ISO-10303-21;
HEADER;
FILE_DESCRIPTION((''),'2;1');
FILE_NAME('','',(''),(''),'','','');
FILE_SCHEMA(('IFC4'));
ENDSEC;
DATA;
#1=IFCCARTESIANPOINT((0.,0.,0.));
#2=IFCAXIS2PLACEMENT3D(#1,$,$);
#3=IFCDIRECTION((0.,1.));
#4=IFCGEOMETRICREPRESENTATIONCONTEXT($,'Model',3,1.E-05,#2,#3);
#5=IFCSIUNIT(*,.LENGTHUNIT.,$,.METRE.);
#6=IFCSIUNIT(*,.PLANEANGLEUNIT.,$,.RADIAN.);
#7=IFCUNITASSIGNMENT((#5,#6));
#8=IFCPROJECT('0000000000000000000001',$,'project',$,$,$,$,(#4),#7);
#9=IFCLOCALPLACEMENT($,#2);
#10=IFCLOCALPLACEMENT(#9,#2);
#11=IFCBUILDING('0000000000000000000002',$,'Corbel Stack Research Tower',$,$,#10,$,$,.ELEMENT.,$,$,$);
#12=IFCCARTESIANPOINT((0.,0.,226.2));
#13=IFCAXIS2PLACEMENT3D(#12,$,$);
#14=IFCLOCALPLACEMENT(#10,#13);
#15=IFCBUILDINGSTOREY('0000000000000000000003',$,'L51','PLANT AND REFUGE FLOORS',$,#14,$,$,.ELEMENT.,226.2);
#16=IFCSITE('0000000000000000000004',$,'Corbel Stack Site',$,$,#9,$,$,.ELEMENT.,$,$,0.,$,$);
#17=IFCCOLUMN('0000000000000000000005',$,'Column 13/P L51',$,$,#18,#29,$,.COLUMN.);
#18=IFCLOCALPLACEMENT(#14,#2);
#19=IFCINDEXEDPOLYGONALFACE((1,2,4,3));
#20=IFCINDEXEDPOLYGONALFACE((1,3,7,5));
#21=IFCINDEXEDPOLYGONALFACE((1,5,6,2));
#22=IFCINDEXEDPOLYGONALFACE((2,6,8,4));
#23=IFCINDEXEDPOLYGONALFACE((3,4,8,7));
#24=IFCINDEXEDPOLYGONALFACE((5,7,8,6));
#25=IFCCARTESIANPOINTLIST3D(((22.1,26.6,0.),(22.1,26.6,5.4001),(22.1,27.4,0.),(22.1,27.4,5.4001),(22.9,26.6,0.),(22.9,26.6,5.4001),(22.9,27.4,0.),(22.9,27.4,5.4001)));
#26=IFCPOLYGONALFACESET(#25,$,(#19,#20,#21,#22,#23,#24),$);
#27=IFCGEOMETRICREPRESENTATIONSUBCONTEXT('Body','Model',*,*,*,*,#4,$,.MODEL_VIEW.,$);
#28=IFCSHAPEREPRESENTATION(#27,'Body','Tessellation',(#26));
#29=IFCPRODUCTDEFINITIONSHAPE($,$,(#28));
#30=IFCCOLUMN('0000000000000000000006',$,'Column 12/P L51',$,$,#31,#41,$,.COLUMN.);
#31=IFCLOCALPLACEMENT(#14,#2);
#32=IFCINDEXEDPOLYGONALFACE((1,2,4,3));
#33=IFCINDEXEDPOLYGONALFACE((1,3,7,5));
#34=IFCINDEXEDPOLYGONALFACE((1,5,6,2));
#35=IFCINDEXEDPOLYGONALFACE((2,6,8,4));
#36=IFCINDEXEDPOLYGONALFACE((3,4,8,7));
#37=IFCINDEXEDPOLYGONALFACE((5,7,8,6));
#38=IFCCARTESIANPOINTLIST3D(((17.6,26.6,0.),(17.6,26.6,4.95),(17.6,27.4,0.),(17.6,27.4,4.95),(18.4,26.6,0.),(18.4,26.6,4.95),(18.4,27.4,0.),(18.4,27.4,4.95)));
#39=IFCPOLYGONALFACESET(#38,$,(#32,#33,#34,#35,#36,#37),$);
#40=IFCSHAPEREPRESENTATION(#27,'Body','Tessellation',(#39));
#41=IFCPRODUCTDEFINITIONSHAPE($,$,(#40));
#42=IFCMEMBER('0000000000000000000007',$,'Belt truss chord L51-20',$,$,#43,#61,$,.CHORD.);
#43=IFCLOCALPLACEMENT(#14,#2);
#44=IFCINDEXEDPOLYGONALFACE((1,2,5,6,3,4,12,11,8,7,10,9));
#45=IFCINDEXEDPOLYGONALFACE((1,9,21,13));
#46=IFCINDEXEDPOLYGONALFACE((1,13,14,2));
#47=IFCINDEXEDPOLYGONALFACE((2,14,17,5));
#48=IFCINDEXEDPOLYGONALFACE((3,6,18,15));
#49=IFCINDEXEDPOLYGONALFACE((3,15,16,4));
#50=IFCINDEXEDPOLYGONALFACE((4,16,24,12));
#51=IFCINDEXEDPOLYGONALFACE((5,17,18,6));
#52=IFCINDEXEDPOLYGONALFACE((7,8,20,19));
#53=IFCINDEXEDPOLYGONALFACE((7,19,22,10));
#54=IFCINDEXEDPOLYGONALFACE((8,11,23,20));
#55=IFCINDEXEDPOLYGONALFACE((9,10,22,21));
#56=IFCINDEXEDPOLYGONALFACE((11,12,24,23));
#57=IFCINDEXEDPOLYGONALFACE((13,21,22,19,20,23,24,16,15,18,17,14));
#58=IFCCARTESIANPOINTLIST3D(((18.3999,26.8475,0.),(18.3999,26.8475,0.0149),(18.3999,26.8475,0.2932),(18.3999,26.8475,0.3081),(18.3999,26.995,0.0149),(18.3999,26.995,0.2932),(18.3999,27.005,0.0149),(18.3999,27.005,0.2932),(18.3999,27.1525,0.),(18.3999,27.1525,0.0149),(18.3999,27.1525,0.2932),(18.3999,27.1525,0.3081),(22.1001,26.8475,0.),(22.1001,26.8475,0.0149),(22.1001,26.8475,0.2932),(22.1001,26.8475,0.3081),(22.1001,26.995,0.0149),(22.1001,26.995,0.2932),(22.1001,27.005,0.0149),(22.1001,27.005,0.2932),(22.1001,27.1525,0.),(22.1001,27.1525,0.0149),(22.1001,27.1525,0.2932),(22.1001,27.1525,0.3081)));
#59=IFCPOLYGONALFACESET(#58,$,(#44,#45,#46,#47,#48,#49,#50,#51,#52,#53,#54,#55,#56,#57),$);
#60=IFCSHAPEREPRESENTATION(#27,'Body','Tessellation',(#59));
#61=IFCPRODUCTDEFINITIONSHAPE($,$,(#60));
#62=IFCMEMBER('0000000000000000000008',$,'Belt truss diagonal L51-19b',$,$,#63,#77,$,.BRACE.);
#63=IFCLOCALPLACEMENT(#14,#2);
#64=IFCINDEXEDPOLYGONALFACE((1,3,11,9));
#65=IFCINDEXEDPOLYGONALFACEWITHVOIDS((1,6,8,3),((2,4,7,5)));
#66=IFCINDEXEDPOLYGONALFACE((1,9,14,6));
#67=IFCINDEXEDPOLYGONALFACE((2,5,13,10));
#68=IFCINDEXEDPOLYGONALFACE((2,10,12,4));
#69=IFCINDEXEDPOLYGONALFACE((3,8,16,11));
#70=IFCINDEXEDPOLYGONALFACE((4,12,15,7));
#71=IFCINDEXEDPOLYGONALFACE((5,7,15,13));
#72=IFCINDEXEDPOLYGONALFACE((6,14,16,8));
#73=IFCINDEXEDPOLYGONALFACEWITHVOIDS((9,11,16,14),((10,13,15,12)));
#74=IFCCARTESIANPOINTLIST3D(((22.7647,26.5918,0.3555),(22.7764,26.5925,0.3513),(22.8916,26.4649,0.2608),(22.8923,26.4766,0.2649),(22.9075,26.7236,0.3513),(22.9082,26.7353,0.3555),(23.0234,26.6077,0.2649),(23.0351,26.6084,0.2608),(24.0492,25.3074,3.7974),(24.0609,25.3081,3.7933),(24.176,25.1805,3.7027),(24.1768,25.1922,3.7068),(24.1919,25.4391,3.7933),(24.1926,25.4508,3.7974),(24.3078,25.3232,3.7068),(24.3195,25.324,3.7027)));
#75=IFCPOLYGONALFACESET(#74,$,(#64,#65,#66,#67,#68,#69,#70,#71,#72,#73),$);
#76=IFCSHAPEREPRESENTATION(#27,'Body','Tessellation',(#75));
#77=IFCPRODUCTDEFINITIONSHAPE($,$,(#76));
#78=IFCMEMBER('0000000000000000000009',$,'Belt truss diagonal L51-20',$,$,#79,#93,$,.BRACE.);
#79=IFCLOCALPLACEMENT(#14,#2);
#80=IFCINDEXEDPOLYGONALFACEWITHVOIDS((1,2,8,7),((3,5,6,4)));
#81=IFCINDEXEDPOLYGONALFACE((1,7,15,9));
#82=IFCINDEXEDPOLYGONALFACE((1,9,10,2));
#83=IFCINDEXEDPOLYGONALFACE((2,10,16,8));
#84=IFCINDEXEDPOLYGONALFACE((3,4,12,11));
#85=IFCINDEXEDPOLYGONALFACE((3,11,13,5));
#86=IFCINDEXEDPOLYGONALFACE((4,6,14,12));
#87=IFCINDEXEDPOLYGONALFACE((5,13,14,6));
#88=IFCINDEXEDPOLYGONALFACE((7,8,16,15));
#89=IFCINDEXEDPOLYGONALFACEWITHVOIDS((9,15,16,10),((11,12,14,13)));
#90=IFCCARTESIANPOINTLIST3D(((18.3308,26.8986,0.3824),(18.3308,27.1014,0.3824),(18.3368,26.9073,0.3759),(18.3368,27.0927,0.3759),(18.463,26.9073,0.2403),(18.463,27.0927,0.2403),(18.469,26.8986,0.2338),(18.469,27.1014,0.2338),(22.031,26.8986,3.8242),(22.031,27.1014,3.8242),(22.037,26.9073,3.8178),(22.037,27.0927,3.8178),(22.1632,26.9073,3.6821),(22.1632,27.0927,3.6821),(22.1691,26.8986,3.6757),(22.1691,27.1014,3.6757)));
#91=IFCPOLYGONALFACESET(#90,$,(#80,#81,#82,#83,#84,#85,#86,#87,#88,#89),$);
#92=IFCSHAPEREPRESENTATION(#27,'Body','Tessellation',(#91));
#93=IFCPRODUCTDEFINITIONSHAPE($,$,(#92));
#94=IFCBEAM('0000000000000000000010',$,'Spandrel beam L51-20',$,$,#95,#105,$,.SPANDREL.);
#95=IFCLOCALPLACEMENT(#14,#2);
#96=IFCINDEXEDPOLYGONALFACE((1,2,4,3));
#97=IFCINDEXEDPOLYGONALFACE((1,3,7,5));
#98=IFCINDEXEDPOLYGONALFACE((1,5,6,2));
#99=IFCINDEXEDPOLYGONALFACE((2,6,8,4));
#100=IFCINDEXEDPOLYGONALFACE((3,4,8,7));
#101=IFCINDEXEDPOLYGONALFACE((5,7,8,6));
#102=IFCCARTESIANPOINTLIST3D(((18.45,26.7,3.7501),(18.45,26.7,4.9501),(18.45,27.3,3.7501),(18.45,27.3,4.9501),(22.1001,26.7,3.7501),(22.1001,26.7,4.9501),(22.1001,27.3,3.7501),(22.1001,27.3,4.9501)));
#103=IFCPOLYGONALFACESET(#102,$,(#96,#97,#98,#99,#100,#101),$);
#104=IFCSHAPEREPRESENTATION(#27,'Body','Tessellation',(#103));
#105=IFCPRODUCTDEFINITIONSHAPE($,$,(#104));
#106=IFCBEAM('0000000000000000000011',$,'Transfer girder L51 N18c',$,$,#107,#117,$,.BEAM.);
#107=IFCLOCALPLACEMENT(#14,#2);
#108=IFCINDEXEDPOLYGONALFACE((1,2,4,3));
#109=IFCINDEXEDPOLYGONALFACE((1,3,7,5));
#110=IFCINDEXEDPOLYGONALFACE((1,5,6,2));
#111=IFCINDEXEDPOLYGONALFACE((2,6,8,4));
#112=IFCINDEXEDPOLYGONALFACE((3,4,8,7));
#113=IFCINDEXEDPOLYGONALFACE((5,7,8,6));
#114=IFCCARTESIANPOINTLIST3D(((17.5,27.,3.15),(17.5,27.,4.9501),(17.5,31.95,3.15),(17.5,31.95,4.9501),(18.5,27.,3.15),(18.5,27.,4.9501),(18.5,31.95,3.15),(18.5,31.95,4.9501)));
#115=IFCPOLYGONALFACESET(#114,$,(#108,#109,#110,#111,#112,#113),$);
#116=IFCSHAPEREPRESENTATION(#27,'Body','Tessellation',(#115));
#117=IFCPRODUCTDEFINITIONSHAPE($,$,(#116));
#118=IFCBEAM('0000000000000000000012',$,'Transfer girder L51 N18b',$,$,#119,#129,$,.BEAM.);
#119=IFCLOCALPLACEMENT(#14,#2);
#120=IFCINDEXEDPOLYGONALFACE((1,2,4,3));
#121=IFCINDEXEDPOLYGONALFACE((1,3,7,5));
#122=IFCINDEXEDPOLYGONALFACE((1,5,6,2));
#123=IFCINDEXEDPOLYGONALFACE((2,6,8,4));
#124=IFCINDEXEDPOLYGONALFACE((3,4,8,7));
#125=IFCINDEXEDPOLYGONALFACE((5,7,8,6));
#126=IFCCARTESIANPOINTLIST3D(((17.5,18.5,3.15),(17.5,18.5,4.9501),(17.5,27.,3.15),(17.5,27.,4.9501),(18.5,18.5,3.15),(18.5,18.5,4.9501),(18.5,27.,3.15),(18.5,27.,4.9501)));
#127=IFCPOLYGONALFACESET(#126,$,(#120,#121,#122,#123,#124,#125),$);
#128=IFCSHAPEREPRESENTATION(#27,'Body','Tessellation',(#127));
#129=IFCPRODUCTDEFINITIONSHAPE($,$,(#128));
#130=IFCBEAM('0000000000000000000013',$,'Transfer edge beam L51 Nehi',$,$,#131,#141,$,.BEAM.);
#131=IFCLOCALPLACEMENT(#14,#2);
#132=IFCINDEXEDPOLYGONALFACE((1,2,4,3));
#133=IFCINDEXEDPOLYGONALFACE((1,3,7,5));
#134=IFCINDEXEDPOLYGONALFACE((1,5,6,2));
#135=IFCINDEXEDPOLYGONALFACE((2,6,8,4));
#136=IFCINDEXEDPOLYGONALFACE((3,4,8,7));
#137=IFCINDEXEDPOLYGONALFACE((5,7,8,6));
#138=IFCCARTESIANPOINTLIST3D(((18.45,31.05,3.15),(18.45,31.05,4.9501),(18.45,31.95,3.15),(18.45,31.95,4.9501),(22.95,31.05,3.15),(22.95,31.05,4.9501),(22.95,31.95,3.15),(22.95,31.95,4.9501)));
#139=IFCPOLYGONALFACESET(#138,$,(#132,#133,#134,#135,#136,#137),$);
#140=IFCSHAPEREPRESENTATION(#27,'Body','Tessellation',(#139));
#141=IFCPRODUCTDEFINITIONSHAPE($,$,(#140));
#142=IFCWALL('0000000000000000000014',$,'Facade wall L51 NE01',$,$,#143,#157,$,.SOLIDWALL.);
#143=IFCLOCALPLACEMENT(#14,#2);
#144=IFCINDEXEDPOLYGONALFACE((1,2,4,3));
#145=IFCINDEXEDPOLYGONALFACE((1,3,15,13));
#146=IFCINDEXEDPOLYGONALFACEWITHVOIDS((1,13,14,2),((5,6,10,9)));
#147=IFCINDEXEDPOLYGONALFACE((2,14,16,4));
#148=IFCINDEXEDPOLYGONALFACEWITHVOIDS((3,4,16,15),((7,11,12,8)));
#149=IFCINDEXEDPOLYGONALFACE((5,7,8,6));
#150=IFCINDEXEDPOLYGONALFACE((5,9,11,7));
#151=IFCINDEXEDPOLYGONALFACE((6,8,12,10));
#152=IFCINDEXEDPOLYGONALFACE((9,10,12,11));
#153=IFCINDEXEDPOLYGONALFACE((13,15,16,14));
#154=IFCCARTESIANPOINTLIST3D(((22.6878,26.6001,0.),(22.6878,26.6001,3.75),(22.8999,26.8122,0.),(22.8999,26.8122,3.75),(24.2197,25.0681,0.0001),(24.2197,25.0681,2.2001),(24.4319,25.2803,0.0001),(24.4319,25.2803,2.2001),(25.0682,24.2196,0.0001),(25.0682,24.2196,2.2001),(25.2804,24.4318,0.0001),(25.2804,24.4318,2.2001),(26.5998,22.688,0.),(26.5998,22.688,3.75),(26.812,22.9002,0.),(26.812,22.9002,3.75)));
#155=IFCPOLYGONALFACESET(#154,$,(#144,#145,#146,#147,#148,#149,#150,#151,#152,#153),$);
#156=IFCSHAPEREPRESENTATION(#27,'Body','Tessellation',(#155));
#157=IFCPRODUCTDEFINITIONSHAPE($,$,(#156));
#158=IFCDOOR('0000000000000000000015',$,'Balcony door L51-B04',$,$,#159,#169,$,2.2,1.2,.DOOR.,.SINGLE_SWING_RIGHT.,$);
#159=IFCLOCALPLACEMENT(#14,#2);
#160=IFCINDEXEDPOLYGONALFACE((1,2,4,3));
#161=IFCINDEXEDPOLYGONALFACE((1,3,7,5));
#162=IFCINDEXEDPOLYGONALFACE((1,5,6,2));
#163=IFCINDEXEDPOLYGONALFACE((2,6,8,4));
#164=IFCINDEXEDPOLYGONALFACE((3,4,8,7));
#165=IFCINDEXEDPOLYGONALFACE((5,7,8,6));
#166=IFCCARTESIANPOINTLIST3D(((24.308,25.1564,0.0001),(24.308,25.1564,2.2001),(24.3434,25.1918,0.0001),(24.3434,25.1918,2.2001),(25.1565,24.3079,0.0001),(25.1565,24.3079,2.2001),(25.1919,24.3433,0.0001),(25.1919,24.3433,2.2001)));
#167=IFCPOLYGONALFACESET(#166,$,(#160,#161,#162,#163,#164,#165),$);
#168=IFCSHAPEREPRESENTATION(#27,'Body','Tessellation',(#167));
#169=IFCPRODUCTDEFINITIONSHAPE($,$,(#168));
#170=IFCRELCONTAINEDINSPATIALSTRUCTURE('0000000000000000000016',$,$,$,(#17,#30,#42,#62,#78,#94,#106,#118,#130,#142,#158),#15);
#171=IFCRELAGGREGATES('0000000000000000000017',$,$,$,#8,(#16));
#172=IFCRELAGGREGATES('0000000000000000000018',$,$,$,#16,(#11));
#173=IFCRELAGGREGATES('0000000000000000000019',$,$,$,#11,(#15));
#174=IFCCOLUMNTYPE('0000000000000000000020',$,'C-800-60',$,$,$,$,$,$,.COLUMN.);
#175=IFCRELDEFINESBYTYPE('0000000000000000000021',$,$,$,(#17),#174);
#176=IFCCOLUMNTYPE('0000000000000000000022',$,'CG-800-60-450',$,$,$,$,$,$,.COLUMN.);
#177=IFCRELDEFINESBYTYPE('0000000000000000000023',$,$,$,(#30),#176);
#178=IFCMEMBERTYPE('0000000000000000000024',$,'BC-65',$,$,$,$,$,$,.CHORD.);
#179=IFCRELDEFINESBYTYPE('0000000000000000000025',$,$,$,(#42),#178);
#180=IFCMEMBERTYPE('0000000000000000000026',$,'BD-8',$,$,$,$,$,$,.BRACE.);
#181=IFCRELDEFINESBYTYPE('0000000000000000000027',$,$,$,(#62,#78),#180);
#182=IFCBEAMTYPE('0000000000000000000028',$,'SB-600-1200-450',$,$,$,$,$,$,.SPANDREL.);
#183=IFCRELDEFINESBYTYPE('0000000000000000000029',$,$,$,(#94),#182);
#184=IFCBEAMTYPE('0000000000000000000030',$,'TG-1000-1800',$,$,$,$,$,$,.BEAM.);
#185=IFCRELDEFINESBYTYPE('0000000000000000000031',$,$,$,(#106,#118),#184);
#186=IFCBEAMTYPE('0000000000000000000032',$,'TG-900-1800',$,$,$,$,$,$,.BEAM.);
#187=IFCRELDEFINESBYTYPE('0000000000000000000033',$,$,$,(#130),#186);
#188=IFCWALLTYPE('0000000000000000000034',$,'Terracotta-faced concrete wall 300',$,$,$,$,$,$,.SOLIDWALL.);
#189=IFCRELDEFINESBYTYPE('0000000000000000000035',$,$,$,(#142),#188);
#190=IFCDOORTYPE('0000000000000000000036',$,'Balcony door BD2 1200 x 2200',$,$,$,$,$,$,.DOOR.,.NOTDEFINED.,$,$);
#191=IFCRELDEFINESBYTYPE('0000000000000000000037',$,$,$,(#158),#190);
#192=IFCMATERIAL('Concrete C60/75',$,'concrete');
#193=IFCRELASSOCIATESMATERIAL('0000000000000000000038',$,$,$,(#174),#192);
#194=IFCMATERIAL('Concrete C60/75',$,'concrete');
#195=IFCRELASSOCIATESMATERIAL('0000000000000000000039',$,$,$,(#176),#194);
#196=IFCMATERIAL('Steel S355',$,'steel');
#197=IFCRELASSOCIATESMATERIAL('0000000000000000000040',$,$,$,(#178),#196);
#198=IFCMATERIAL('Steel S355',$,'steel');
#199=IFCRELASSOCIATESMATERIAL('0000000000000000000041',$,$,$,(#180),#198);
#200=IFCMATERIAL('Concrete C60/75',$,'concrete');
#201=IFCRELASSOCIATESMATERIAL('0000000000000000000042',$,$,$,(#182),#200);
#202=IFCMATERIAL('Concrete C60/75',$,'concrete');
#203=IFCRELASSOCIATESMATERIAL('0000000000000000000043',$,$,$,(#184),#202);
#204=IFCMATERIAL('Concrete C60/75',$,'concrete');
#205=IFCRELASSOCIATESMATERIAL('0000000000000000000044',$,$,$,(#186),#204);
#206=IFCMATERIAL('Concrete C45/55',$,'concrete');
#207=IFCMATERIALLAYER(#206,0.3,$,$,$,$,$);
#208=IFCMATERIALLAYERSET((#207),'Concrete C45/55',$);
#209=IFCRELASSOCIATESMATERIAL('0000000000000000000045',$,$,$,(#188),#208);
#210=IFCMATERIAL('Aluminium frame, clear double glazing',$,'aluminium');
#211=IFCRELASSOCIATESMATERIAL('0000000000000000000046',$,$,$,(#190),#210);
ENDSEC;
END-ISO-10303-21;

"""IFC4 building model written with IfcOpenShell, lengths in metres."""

from ifc_helpers import new_model, si_unit, direction, frame, frame_2d, origin, origin_2d, place, context, subcontext, project, spatial, rectangle, hollow_rectangle, i_section, extrude, material, layer, layer_set, material_profile, profile_set, type_object, element, fill, save


model = new_model("IFC4")

# Units and contexts
model_context = context("Model", 3, precision=1e-05, world=origin(), true_north=direction((0.0, 1.0)))
body_context = subcontext(model_context, "Body", "Model", "MODEL_VIEW")
ifc_project = project(units=[si_unit("LENGTHUNIT", "METRE"), si_unit("PLANEANGLEUNIT", "RADIAN")], contexts=[model_context])

# Site, building, storey
site_placement = place(None, origin())
site = spatial("IfcSite", under=ifc_project, at=site_placement, Name="Corbel Stack Site", CompositionType="ELEMENT", RefElevation=0.0)
building_placement = place(site_placement, origin())
building = spatial("IfcBuilding", under=site, at=building_placement, Name="Corbel Stack Research Tower", CompositionType="ELEMENT")
storey_placement = place(building_placement, frame((0.0, 0.0, 226.2)))
storey = spatial("IfcBuildingStorey", under=building, at=storey_placement, Name="L51", Description="PLANT AND REFUGE FLOORS", CompositionType="ELEMENT", Elevation=226.2)

# Columns
ifc_material_1 = material(Name="Concrete C60/75", Category="concrete")
ifc_material_profile_1 = material_profile(ifc_material_1, rectangle(XDim=0.8, YDim=0.8, at=origin_2d()), Name="RC 800 x 800")
ifc_profile_set_1 = profile_set([ifc_material_profile_1], Name="Concrete C60/75")
column_type_1 = type_object("IfcColumnType", Name="C-800-60", PredefinedType="COLUMN", material=ifc_profile_set_1)
column_1_placement = place(storey_placement, frame((22.5, 27.0, 0.0), z_axis=(0.0, 0.0, 1.0), x_axis=(1.0, 0.0, 0.0)))
element("IfcColumn", 1, at=column_1_placement, inside=storey, type_object=column_type_1, Name="Column 13/P L51", PredefinedType="COLUMN", context=body_context, shape_type="SweptSolid", body=[
    extrude(rectangle(XDim=0.8, YDim=0.8, at=origin_2d()), origin(), (0.0, 0.0, 1.0), 5.4001),
])
ifc_material_2 = material(Name="Concrete C60/75", Category="concrete")
ifc_material_profile_2 = material_profile(ifc_material_2, rectangle(XDim=0.8, YDim=0.8, at=origin_2d()), Name="RC 800 x 800")
ifc_profile_set_2 = profile_set([ifc_material_profile_2], Name="Concrete C60/75")
column_type_2 = type_object("IfcColumnType", Name="CG-800-60-450", PredefinedType="COLUMN", material=ifc_profile_set_2)
column_2_placement = place(storey_placement, frame((18.0, 27.0, 0.0), z_axis=(0.0, 0.0, 1.0), x_axis=(1.0, 0.0, 0.0)))
element("IfcColumn", 2, at=column_2_placement, inside=storey, type_object=column_type_2, Name="Column 12/P L51", PredefinedType="COLUMN", context=body_context, shape_type="SweptSolid", body=[
    extrude(rectangle(XDim=0.8, YDim=0.8, at=origin_2d()), origin(), (0.0, 0.0, 1.0), 4.95),
])

# Members
ifc_material_3 = material(Name="Steel S355", Category="steel")
ifc_material_profile_3 = material_profile(ifc_material_3, i_section(OverallWidth=0.3049, OverallDepth=0.3081, WebThickness=0.01, FlangeThickness=0.0149, at=origin_2d()), Name="W12x65")
ifc_profile_set_3 = profile_set([ifc_material_profile_3], Name="Steel S355")
member_type_1 = type_object("IfcMemberType", Name="BC-65", PredefinedType="CHORD", material=ifc_profile_set_3)
member_1_placement = place(storey_placement, frame((22.1001, 27.0, 0.1541), z_axis=(-1.0, 0.0, 0.0), x_axis=(0.0, -1.0, 0.0)))
element("IfcMember", 3, at=member_1_placement, inside=storey, type_object=member_type_1, Name="Belt truss chord L51-20", PredefinedType="CHORD", context=body_context, shape_type="SweptSolid", body=[
    extrude(i_section(OverallWidth=0.3049, OverallDepth=0.3081, WebThickness=0.01, FlangeThickness=0.0149, at=origin_2d()), origin(), (0.0, 0.0, 1.0), 3.7002),
])
ifc_material_4 = material(Name="Steel S355", Category="steel")
ifc_material_profile_4 = material_profile(ifc_material_4, hollow_rectangle(XDim=0.2029, YDim=0.2029, WallThickness=0.0088, at=origin_2d()), Name="HSS8x8x3/8")
ifc_profile_set_4 = profile_set([ifc_material_profile_4], Name="Steel S355")
member_type_2 = type_object("IfcMemberType", Name="BD-8", PredefinedType="BRACE", material=ifc_profile_set_4)
member_2_placement = place(storey_placement, frame((22.8999, 26.6001, 0.3081), z_axis=(0.330033, -0.330033, 0.884396), x_axis=(0.707107, 0.707107, 0.0)))
element("IfcMember", 4, at=member_2_placement, inside=storey, type_object=member_type_2, Name="Belt truss diagonal L51-19b", PredefinedType="BRACE", context=body_context, shape_type="SweptSolid", body=[
    extrude(hollow_rectangle(XDim=0.2029, YDim=0.2029, WallThickness=0.0088, at=origin_2d()), origin(), (0.0, 0.0, 1.0), 3.8918),
])
member_3_placement = place(storey_placement, frame((18.3999, 27.0, 0.3081), z_axis=(0.732201, 0.0, 0.681088), x_axis=(0.0, 1.0, 0.0)))
element("IfcMember", 5, at=member_3_placement, inside=storey, type_object=member_type_2, Name="Belt truss diagonal L51-20", PredefinedType="BRACE", context=body_context, shape_type="SweptSolid", body=[
    extrude(hollow_rectangle(XDim=0.2029, YDim=0.2029, WallThickness=0.0088, at=origin_2d()), origin(), (0.0, 0.0, 1.0), 5.0535),
])

# Beams
ifc_material_5 = material(Name="Concrete C60/75", Category="concrete")
ifc_material_profile_5 = material_profile(ifc_material_5, rectangle(XDim=0.6001, YDim=1.2, at=origin_2d()), Name="RC 600 x 1200")
ifc_profile_set_5 = profile_set([ifc_material_profile_5], Name="Concrete C60/75")
beam_type_1 = type_object("IfcBeamType", Name="SB-600-1200-450", PredefinedType="SPANDREL", material=ifc_profile_set_5)
beam_1_placement = place(storey_placement, frame((22.1001, 27.0, 4.3501), z_axis=(-1.0, 0.0, 0.0), x_axis=(0.0, -1.0, 0.0)))
element("IfcBeam", 6, at=beam_1_placement, inside=storey, type_object=beam_type_1, Name="Spandrel beam L51-20", PredefinedType="SPANDREL", context=body_context, shape_type="SweptSolid", body=[
    extrude(rectangle(XDim=0.6001, YDim=1.2, at=origin_2d()), origin(), (0.0, 0.0, 1.0), 3.6501),
])
ifc_material_6 = material(Name="Concrete C60/75", Category="concrete")
ifc_material_profile_6 = material_profile(ifc_material_6, rectangle(XDim=1.0, YDim=1.8, at=origin_2d()), Name="RC 1000 x 1800")
ifc_profile_set_6 = profile_set([ifc_material_profile_6], Name="Concrete C60/75")
beam_type_2 = type_object("IfcBeamType", Name="TG-1000-1800", PredefinedType="BEAM", material=ifc_profile_set_6)
beam_2_placement = place(storey_placement, frame((18.0, 31.95, 4.05), z_axis=(0.0, -1.0, 0.0), x_axis=(1.0, 0.0, 0.0)))
element("IfcBeam", 7, at=beam_2_placement, inside=storey, type_object=beam_type_2, Name="Transfer girder L51 N18c", PredefinedType="BEAM", context=body_context, shape_type="SweptSolid", body=[
    extrude(rectangle(XDim=1.0, YDim=1.8, at=origin_2d()), origin(), (0.0, 0.0, 1.0), 4.95),
])
beam_3_placement = place(storey_placement, frame((18.0, 27.0, 4.05), z_axis=(0.0, -1.0, 0.0), x_axis=(1.0, 0.0, 0.0)))
element("IfcBeam", 8, at=beam_3_placement, inside=storey, type_object=beam_type_2, Name="Transfer girder L51 N18b", PredefinedType="BEAM", context=body_context, shape_type="SweptSolid", body=[
    extrude(rectangle(XDim=1.0, YDim=1.8, at=origin_2d()), origin(), (0.0, 0.0, 1.0), 8.5),
])
ifc_material_7 = material(Name="Concrete C60/75", Category="concrete")
ifc_material_profile_7 = material_profile(ifc_material_7, rectangle(XDim=0.8999, YDim=1.8, at=origin_2d()), Name="RC 900 x 1800")
ifc_profile_set_7 = profile_set([ifc_material_profile_7], Name="Concrete C60/75")
beam_type_3 = type_object("IfcBeamType", Name="TG-900-1800", PredefinedType="BEAM", material=ifc_profile_set_7)
beam_4_placement = place(storey_placement, frame((18.45, 31.5, 4.05), z_axis=(1.0, 0.0, 0.0), x_axis=(0.0, 1.0, 0.0)))
element("IfcBeam", 9, at=beam_4_placement, inside=storey, type_object=beam_type_3, Name="Transfer edge beam L51 Nehi", PredefinedType="BEAM", context=body_context, shape_type="SweptSolid", body=[
    extrude(rectangle(XDim=0.8999, YDim=1.8, at=origin_2d()), origin(), (0.0, 0.0, 1.0), 4.5),
])

# Wall, opening, door
ifc_material_8 = material(Name="Concrete C45/55", Category="concrete")
ifc_layer_1 = layer(ifc_material_8, 0.3)
ifc_layer_set_1 = layer_set([ifc_layer_1], Name="Concrete C45/55")
wall_type = type_object("IfcWallType", Name="Terracotta-faced concrete wall 300", PredefinedType="SOLIDWALL", material=ifc_layer_set_1)
wall_1_placement = place(storey_placement, frame((22.7939, 26.7061, 0.0), z_axis=(0.0, 0.0, 1.0), x_axis=(0.707107, -0.707107, 0.0)))
wall_1 = element("IfcWall", 10, at=wall_1_placement, inside=storey, type_object=wall_type, Name="Facade wall L51 NE01", PredefinedType="SOLIDWALL", context=body_context, shape_type="SweptSolid", body=[
    extrude(rectangle(XDim=5.5325, YDim=0.3, at=frame_2d((2.7661, 0.0))), origin(), (0.0, 0.0, 1.0), 3.75),
])
opening_placement = place(wall_1_placement, frame((2.1663, 0.0, 0.0)))
opening = element("IfcOpeningElement", 11, at=opening_placement, cuts=wall_1, PredefinedType="OPENING", context=body_context, shape_type="SweptSolid", body=[
    extrude(rectangle(XDim=1.2, YDim=2.2, at=frame_2d((0.6001, 1.1001))), frame((0.0, 0.1599, 0.0), z_axis=(0.0, -1.0, 0.0), x_axis=(1.0, 0.0, 0.0)), (0.0, 0.0, 1.0), 0.3201),
])
ifc_material_9 = material(Name="Aluminium frame, clear double glazing", Category="aluminium")
door_type = type_object("IfcDoorType", Name="Balcony door BD2 1200 x 2200", OperationType="NOTDEFINED", PredefinedType="DOOR", material=ifc_material_9)
door_placement = place(opening_placement, origin())
door = element("IfcDoor", 12, at=door_placement, inside=storey, type_object=door_type, Name="Balcony door L51-B04", OperationType="SINGLE_SWING_RIGHT", OverallHeight=2.2, OverallWidth=1.2, PredefinedType="DOOR", context=body_context, shape_type="SweptSolid", body=[
    extrude(rectangle(XDim=1.2, YDim=2.2, at=frame_2d((0.6001, 1.1001))), frame((0.0, 0.0249, 0.0), z_axis=(0.0, -1.0, 0.0), x_axis=(1.0, 0.0, 0.0)), (0.0, 0.0, 1.0), 0.05),
])
fill(opening, door)

save(model, "model.ifc")
